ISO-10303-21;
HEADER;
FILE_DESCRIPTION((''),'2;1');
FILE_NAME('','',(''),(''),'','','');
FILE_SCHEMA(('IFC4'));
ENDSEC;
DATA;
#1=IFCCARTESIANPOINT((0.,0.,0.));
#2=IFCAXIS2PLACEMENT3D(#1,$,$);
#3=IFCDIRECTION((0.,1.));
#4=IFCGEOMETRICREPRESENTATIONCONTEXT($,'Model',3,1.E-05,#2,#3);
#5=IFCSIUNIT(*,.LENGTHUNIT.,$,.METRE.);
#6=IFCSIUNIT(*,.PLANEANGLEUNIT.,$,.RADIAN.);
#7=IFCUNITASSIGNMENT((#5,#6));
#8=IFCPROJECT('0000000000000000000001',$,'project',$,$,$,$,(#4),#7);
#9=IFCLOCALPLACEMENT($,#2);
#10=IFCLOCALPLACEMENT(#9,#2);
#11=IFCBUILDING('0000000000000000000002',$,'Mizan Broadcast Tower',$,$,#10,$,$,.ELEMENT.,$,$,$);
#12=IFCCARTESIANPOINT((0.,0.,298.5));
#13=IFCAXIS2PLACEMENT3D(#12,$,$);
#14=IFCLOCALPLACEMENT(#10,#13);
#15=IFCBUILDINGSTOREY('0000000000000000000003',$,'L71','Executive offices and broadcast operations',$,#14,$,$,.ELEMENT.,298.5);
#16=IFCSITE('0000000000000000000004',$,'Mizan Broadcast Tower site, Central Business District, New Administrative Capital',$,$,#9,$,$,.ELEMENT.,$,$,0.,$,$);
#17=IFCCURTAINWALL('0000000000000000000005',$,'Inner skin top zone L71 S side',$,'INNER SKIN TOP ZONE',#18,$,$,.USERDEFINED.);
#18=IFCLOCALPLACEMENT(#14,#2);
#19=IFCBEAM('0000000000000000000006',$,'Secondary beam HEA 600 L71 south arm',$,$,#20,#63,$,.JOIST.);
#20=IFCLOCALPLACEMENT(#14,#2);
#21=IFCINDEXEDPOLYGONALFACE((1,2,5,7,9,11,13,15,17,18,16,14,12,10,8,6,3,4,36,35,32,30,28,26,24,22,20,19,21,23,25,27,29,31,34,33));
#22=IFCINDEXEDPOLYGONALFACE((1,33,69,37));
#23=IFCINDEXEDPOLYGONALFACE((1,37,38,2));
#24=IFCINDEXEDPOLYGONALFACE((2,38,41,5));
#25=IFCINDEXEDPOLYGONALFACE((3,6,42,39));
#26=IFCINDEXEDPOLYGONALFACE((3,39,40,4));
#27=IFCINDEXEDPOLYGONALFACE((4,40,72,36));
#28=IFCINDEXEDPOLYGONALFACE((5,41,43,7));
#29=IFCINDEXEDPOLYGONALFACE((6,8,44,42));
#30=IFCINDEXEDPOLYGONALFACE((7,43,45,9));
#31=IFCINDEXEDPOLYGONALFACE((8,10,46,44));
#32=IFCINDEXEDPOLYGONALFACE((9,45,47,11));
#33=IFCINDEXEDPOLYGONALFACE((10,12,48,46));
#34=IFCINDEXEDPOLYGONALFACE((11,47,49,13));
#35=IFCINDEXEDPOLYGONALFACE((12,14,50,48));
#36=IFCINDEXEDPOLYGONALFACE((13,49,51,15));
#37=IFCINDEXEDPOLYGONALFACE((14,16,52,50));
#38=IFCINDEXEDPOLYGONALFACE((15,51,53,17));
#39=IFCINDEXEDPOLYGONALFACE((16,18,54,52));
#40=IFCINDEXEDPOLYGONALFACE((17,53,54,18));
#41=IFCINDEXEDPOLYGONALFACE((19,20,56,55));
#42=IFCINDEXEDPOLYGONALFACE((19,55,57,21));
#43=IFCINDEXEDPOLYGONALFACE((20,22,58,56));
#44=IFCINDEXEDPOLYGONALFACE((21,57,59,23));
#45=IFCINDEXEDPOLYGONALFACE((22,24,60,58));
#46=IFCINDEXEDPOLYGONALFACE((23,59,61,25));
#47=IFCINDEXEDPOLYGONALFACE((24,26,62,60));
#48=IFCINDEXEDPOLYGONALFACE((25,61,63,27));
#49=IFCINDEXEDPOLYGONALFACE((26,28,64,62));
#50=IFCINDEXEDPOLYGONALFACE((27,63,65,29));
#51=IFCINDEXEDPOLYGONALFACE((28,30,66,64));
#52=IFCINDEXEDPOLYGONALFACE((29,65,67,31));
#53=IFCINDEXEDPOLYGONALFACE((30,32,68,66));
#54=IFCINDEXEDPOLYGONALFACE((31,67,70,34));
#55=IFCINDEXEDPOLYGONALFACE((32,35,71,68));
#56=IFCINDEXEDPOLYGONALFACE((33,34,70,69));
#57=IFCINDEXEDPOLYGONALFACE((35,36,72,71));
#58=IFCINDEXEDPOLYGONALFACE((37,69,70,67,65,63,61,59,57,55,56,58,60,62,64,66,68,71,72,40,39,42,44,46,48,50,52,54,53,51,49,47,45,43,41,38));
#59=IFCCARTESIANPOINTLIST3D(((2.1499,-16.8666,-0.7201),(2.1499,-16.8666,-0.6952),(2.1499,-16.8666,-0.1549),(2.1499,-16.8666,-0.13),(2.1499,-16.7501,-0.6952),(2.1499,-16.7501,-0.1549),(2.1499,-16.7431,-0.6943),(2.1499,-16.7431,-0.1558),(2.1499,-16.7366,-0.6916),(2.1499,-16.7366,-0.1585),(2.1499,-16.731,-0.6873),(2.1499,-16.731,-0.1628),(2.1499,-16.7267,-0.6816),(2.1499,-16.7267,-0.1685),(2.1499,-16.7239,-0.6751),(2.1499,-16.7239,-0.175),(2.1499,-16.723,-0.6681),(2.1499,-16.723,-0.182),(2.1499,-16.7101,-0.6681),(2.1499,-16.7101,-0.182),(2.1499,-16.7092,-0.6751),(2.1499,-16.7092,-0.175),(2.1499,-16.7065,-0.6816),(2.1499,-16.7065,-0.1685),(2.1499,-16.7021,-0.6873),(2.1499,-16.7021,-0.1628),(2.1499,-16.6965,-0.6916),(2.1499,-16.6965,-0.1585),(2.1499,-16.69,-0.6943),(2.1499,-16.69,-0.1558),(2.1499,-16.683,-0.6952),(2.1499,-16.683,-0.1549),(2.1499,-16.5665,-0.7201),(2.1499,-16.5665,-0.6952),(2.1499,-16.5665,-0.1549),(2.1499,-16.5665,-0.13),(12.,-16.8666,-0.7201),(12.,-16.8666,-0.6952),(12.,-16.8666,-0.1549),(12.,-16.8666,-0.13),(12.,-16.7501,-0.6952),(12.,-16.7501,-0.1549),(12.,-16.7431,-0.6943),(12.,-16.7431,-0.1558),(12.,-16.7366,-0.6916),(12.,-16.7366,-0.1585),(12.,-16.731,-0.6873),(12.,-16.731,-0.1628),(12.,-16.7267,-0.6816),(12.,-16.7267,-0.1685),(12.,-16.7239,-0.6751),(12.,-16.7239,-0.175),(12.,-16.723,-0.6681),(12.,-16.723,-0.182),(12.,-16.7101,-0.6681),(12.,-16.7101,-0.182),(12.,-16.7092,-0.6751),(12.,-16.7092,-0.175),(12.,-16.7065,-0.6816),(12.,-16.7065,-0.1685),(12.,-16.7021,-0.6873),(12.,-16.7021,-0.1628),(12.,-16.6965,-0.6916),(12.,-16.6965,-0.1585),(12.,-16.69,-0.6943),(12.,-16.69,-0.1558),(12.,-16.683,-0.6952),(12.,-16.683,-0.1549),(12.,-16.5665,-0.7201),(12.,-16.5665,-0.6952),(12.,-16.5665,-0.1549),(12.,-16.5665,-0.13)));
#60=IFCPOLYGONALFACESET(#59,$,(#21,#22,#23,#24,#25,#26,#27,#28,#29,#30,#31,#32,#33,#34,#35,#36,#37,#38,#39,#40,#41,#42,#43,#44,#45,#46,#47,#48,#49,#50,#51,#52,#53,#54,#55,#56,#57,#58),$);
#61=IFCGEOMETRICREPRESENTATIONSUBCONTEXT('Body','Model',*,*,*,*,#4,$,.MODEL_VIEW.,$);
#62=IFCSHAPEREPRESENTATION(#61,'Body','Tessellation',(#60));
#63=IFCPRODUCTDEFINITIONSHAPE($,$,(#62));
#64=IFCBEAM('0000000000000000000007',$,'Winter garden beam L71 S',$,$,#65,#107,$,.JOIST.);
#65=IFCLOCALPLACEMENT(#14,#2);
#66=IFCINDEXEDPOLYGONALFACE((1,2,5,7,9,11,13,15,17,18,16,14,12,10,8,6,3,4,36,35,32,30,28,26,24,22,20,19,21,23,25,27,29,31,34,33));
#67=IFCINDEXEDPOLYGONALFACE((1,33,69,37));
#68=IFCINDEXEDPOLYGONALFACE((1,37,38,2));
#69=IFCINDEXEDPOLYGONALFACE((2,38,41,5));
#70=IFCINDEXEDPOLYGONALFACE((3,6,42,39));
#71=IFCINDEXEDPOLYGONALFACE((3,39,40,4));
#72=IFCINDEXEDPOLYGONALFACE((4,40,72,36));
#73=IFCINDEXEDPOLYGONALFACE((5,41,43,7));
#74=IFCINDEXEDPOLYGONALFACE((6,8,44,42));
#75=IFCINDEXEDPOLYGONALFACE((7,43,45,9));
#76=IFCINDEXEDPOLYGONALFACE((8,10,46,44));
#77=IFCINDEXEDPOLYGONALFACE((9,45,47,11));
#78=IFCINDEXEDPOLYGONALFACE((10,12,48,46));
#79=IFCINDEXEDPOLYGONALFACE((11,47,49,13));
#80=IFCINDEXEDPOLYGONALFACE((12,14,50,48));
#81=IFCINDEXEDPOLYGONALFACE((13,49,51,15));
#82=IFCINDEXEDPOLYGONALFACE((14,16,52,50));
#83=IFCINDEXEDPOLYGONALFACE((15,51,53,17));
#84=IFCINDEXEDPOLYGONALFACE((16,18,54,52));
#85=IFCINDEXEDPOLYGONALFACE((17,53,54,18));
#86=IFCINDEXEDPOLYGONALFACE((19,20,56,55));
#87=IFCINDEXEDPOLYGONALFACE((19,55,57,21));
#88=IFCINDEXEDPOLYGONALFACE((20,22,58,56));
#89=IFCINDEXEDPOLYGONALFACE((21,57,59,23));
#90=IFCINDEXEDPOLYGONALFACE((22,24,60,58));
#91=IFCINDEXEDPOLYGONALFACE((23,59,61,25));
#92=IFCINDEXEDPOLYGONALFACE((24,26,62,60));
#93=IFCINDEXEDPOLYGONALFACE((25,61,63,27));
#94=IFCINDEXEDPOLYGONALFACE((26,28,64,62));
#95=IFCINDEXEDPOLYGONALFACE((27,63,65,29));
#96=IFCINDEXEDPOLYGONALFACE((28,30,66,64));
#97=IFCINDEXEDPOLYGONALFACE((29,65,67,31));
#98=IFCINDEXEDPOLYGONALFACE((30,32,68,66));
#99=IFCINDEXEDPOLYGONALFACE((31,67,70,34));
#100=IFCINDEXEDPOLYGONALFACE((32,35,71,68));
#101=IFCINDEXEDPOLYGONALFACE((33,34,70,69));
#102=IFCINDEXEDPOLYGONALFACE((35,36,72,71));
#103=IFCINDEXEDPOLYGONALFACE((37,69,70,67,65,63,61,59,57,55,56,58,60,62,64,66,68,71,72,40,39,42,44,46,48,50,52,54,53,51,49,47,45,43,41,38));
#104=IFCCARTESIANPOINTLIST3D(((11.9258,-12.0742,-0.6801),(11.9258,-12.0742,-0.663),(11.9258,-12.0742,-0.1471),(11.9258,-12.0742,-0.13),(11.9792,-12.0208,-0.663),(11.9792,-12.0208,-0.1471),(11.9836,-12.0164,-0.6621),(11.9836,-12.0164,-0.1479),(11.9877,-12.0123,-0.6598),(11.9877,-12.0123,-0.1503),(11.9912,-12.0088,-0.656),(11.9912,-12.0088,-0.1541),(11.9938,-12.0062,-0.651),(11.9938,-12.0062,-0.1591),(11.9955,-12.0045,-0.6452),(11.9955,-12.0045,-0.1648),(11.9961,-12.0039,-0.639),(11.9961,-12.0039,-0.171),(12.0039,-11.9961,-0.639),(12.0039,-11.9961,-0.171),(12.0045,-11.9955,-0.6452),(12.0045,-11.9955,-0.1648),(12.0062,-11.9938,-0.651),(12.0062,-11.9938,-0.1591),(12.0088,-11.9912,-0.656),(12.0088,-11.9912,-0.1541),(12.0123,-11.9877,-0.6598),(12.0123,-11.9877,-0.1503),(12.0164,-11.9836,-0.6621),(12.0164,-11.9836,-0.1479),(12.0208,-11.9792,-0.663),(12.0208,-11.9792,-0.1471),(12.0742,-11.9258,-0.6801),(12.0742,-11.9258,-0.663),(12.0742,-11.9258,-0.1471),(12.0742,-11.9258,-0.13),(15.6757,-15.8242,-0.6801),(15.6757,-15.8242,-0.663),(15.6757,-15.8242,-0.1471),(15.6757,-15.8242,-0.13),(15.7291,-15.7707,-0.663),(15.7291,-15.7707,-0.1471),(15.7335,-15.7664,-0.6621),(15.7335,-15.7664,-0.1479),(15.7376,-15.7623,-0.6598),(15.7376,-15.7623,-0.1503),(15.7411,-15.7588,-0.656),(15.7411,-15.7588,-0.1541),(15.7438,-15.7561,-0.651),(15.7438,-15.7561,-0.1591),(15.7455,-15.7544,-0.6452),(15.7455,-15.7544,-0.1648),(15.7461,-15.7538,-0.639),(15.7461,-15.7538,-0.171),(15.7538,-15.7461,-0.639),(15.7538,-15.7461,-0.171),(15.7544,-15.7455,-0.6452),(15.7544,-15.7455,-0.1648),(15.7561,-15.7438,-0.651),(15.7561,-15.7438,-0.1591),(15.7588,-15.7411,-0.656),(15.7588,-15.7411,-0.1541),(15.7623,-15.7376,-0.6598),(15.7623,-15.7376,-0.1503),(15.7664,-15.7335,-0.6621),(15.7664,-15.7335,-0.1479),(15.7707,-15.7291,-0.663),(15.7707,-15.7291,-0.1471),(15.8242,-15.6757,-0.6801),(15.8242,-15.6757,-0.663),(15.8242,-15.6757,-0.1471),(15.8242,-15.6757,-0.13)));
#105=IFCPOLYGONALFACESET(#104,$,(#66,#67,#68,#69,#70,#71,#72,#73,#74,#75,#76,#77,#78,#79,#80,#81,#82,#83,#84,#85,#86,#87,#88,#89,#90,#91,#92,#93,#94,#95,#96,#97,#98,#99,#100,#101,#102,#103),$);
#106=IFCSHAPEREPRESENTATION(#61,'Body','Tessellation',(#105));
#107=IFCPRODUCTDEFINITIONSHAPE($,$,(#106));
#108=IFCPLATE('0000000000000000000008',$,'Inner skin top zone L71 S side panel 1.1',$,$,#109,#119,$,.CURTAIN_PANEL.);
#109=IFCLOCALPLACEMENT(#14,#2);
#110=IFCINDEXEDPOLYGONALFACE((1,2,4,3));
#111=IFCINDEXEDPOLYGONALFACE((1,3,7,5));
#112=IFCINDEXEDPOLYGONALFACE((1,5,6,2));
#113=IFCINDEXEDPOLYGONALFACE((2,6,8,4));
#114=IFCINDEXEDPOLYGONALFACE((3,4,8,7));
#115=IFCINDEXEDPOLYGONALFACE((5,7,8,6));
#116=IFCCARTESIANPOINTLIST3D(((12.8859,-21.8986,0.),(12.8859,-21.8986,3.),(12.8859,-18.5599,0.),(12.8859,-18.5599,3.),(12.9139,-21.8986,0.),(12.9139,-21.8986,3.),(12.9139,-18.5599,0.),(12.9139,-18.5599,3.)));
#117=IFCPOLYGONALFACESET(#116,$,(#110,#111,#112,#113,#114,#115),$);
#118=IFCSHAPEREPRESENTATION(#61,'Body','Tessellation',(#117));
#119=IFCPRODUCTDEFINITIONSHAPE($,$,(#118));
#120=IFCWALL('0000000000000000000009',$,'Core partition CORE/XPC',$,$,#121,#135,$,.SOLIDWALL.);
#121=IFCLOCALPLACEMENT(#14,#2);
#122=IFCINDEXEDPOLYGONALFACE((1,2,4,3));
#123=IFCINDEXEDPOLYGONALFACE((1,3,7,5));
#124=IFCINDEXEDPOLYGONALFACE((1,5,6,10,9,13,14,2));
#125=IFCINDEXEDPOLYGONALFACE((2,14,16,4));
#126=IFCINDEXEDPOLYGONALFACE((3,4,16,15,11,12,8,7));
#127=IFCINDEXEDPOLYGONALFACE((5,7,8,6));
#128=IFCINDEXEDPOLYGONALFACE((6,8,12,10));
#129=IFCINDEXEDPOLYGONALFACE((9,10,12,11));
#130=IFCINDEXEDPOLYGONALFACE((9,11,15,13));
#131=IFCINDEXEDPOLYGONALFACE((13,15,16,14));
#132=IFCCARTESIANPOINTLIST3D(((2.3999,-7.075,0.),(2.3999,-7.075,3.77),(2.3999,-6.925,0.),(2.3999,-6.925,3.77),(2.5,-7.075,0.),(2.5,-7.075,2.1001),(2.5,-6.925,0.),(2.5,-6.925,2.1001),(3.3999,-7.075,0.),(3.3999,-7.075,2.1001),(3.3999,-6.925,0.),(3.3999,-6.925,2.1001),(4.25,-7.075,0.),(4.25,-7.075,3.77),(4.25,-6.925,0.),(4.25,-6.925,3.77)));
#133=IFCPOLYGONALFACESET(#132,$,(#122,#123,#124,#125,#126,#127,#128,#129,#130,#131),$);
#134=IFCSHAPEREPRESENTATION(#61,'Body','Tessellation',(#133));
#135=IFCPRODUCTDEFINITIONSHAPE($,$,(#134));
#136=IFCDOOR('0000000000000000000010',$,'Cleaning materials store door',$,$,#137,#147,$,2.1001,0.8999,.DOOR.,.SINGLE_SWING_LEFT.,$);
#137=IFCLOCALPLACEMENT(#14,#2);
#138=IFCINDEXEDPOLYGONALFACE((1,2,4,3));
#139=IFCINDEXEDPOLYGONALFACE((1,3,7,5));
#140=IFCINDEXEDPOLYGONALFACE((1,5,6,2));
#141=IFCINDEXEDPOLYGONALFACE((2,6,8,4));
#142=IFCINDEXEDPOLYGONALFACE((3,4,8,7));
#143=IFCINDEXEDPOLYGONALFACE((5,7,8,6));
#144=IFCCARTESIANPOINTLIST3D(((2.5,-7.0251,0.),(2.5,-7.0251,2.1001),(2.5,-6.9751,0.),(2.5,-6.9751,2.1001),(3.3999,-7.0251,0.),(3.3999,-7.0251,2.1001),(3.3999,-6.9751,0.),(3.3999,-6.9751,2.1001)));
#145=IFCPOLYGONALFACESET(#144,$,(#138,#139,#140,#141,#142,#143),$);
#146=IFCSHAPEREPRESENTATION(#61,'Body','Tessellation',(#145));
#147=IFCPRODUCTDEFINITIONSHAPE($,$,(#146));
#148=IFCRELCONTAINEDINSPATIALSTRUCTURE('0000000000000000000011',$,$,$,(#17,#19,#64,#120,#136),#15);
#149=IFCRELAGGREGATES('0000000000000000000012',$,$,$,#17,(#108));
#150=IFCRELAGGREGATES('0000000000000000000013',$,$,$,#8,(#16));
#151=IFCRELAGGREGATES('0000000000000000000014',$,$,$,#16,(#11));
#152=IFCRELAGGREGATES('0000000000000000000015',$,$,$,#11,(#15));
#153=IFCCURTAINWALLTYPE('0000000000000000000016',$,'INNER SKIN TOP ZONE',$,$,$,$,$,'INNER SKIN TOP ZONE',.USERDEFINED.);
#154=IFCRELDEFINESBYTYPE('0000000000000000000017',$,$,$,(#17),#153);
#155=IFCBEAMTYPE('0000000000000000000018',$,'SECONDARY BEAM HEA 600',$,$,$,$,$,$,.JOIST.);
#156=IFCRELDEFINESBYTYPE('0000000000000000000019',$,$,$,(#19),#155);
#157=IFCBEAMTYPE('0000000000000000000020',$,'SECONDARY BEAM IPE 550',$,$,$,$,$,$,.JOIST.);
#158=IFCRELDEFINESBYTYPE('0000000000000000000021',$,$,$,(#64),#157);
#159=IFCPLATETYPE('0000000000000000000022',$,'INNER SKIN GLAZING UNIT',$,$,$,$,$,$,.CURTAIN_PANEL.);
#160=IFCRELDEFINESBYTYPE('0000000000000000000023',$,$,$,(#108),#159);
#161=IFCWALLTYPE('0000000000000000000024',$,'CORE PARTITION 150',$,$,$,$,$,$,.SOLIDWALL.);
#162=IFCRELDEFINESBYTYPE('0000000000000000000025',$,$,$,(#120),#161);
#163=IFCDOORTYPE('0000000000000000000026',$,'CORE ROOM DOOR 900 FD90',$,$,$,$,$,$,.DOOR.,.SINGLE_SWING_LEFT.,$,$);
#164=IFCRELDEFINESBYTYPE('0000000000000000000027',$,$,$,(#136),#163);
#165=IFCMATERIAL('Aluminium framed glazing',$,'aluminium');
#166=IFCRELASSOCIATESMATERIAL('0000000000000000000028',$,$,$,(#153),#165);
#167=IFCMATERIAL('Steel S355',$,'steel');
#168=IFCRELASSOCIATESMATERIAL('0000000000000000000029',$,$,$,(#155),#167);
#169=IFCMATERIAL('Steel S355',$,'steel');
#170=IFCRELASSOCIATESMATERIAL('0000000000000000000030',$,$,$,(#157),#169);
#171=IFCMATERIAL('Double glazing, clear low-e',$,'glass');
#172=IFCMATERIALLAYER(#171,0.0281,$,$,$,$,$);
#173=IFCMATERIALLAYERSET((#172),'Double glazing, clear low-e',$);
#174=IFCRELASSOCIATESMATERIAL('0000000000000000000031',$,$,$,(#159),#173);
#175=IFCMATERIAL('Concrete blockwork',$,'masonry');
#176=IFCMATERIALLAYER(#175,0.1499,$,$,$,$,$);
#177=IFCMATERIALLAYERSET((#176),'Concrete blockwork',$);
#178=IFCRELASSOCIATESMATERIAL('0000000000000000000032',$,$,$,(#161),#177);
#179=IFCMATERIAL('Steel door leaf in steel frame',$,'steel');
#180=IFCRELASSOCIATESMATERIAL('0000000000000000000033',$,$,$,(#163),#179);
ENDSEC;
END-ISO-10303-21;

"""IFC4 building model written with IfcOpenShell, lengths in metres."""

from ifc_helpers import new_model, si_unit, direction, frame, frame_2d, origin, origin_2d, place, context, subcontext, project, spatial, rectangle, i_section, extrude, material, layer, layer_set, material_profile, profile_set, type_object, element, fill, aggregate, save


model = new_model("IFC4")

# Units and contexts
model_context = context("Model", 3, precision=1e-05, world=origin(), true_north=direction((0.0, 1.0)))
body_context = subcontext(model_context, "Body", "Model", "MODEL_VIEW")
ifc_project = project(units=[si_unit("LENGTHUNIT", "METRE"), si_unit("PLANEANGLEUNIT", "RADIAN")], contexts=[model_context])

# Site, building, storey
site_placement = place(None, origin())
site = spatial("IfcSite", under=ifc_project, at=site_placement, Name="Mizan Broadcast Tower site, Central Business District, New Administrative Capital", CompositionType="ELEMENT", RefElevation=0.0)
building_placement = place(site_placement, origin())
building = spatial("IfcBuilding", under=site, at=building_placement, Name="Mizan Broadcast Tower", CompositionType="ELEMENT")
storey_placement = place(building_placement, frame((0.0, 0.0, 298.5)))
storey = spatial("IfcBuildingStorey", under=building, at=storey_placement, Name="L71", Description="Executive offices and broadcast operations", CompositionType="ELEMENT", Elevation=298.5)

# Curtain wall
ifc_material_1 = material(Name="Aluminium framed glazing", Category="aluminium")
curtain_wall_type = type_object("IfcCurtainWallType", Name="INNER SKIN TOP ZONE", ElementType="INNER SKIN TOP ZONE", PredefinedType="USERDEFINED", material=ifc_material_1)
curtain_wall_placement = place(storey_placement, origin())
curtain_wall = element("IfcCurtainWall", 1, at=curtain_wall_placement, inside=storey, type_object=curtain_wall_type, Name="Inner skin top zone L71 S side", ObjectType="INNER SKIN TOP ZONE", PredefinedType="USERDEFINED")

# Beams
ifc_material_2 = material(Name="Steel S355", Category="steel")
ifc_material_profile_1 = material_profile(ifc_material_2, i_section(OverallWidth=0.3, OverallDepth=0.5901, WebThickness=0.0129, FlangeThickness=0.0249, FilletRadius=0.0271, at=origin_2d()), Name="HEA 600")
ifc_profile_set_1 = profile_set([ifc_material_profile_1], Name="Steel S355")
beam_type_1 = type_object("IfcBeamType", Name="SECONDARY BEAM HEA 600", PredefinedType="JOIST", material=ifc_profile_set_1)
for number, where, z_axis, x_axis, name in (
    (2, (12.0, -16.7166, -0.425), (-1.0, 0.0, 0.0), (0.0, -1.0, 0.0), "Secondary beam HEA 600 L71 south arm"),
):
    element("IfcBeam", number, at=place(storey_placement, frame(where, z_axis=z_axis, x_axis=x_axis)), inside=storey, type_object=beam_type_1, Name=name, PredefinedType="JOIST", context=body_context, shape_type="SweptSolid", body=[
        extrude(i_section(OverallWidth=0.3, OverallDepth=0.5901, WebThickness=0.0129, FlangeThickness=0.0249, FilletRadius=0.0271, at=origin_2d()), origin(), (0.0, 0.0, 1.0), 9.8501),
    ])
ifc_material_3 = material(Name="Steel S355", Category="steel")
ifc_material_profile_2 = material_profile(ifc_material_3, i_section(OverallWidth=0.21, OverallDepth=0.55, WebThickness=0.011, FlangeThickness=0.0171, FilletRadius=0.0239, at=origin_2d()), Name="IPE 550")
ifc_profile_set_2 = profile_set([ifc_material_profile_2], Name="Steel S355")
beam_type_2 = type_object("IfcBeamType", Name="SECONDARY BEAM IPE 550", PredefinedType="JOIST", material=ifc_profile_set_2)
beam_1_placement = place(storey_placement, frame((12.0, -12.0, -0.405), z_axis=(0.707107, -0.707107, 0.0), x_axis=(0.707107, 0.707107, 0.0)))
element("IfcBeam", 3, at=beam_1_placement, inside=storey, type_object=beam_type_2, Name="Winter garden beam L71 S", PredefinedType="JOIST", context=body_context, shape_type="SweptSolid", body=[
    extrude(i_section(OverallWidth=0.21, OverallDepth=0.55, WebThickness=0.011, FlangeThickness=0.0171, FilletRadius=0.0239, at=origin_2d()), origin(), (0.0, 0.0, 1.0), 5.3032),
])

# Plate
ifc_material_4 = material(Name="Double glazing, clear low-e", Category="glass")
ifc_layer_1 = layer(ifc_material_4, 0.0281)
ifc_layer_set_1 = layer_set([ifc_layer_1], Name="Double glazing, clear low-e")
plate_type = type_object("IfcPlateType", Name="INNER SKIN GLAZING UNIT", PredefinedType="CURTAIN_PANEL", material=ifc_layer_set_1)
plate_placement = place(storey_placement, frame((12.8999, -20.2292, 0.0), z_axis=(0.0, 0.0, 1.0), x_axis=(0.0, 1.0, 0.0)))
plate = element("IfcPlate", 4, at=plate_placement, type_object=plate_type, Name="Inner skin top zone L71 S side panel 1.1", PredefinedType="CURTAIN_PANEL", context=body_context, shape_type="SweptSolid", body=[
    extrude(rectangle(XDim=3.3386, YDim=0.0281, at=origin_2d()), origin(), (0.0, 0.0, 1.0), 3.0),
])
aggregate(curtain_wall, [plate])

# Wall, opening, door
ifc_material_5 = material(Name="Concrete blockwork", Category="masonry")
ifc_layer_2 = layer(ifc_material_5, 0.1499)
ifc_layer_set_2 = layer_set([ifc_layer_2], Name="Concrete blockwork")
wall_type_1 = type_object("IfcWallType", Name="CORE PARTITION 150", PredefinedType="SOLIDWALL", material=ifc_layer_set_2)
wall_1_placement = place(storey_placement, frame((2.3999, -7.0, 0.0), z_axis=(0.0, 0.0, 1.0), x_axis=(1.0, 0.0, 0.0)))
wall_1 = element("IfcWall", 5, at=wall_1_placement, inside=storey, type_object=wall_type_1, Name="Core partition CORE/XPC", PredefinedType="SOLIDWALL", context=body_context, shape_type="SweptSolid", body=[
    extrude(rectangle(XDim=1.8501, YDim=0.1499, at=frame_2d((0.925, 0.0))), origin(), (0.0, 0.0, 1.0), 3.77),
])
opening_1_placement = place(wall_1_placement, frame((0.1001, 0.0, 0.0)))
opening_1 = element("IfcOpeningElement", 6, at=opening_1_placement, cuts=wall_1, PredefinedType="OPENING", context=body_context, shape_type="SweptSolid", body=[
    extrude(rectangle(XDim=0.8999, YDim=2.1001, at=frame_2d((0.45, 1.05))), frame((0.0, 0.085, 0.0), z_axis=(0.0, -1.0, 0.0), x_axis=(1.0, 0.0, 0.0)), (0.0, 0.0, 1.0), 0.1699),
])
ifc_material_6 = material(Name="Steel door leaf in steel frame", Category="steel")
door_type_1 = type_object("IfcDoorType", Name="CORE ROOM DOOR 900 FD90", OperationType="SINGLE_SWING_LEFT", PredefinedType="DOOR", material=ifc_material_6)
door_1_placement = place(opening_1_placement, origin())
door_1 = element("IfcDoor", 7, at=door_1_placement, inside=storey, type_object=door_type_1, Name="Cleaning materials store door", OperationType="SINGLE_SWING_LEFT", OverallHeight=2.1001, OverallWidth=0.8999, PredefinedType="DOOR", context=body_context, shape_type="SweptSolid", body=[
    extrude(rectangle(XDim=0.8999, YDim=2.1001, at=frame_2d((0.45, 1.05))), frame((0.0, 0.0249, 0.0), z_axis=(0.0, -1.0, 0.0), x_axis=(1.0, 0.0, 0.0)), (0.0, 0.0, 1.0), 0.05),
])
fill(opening_1, door_1)

save(model, "model.ifc")
